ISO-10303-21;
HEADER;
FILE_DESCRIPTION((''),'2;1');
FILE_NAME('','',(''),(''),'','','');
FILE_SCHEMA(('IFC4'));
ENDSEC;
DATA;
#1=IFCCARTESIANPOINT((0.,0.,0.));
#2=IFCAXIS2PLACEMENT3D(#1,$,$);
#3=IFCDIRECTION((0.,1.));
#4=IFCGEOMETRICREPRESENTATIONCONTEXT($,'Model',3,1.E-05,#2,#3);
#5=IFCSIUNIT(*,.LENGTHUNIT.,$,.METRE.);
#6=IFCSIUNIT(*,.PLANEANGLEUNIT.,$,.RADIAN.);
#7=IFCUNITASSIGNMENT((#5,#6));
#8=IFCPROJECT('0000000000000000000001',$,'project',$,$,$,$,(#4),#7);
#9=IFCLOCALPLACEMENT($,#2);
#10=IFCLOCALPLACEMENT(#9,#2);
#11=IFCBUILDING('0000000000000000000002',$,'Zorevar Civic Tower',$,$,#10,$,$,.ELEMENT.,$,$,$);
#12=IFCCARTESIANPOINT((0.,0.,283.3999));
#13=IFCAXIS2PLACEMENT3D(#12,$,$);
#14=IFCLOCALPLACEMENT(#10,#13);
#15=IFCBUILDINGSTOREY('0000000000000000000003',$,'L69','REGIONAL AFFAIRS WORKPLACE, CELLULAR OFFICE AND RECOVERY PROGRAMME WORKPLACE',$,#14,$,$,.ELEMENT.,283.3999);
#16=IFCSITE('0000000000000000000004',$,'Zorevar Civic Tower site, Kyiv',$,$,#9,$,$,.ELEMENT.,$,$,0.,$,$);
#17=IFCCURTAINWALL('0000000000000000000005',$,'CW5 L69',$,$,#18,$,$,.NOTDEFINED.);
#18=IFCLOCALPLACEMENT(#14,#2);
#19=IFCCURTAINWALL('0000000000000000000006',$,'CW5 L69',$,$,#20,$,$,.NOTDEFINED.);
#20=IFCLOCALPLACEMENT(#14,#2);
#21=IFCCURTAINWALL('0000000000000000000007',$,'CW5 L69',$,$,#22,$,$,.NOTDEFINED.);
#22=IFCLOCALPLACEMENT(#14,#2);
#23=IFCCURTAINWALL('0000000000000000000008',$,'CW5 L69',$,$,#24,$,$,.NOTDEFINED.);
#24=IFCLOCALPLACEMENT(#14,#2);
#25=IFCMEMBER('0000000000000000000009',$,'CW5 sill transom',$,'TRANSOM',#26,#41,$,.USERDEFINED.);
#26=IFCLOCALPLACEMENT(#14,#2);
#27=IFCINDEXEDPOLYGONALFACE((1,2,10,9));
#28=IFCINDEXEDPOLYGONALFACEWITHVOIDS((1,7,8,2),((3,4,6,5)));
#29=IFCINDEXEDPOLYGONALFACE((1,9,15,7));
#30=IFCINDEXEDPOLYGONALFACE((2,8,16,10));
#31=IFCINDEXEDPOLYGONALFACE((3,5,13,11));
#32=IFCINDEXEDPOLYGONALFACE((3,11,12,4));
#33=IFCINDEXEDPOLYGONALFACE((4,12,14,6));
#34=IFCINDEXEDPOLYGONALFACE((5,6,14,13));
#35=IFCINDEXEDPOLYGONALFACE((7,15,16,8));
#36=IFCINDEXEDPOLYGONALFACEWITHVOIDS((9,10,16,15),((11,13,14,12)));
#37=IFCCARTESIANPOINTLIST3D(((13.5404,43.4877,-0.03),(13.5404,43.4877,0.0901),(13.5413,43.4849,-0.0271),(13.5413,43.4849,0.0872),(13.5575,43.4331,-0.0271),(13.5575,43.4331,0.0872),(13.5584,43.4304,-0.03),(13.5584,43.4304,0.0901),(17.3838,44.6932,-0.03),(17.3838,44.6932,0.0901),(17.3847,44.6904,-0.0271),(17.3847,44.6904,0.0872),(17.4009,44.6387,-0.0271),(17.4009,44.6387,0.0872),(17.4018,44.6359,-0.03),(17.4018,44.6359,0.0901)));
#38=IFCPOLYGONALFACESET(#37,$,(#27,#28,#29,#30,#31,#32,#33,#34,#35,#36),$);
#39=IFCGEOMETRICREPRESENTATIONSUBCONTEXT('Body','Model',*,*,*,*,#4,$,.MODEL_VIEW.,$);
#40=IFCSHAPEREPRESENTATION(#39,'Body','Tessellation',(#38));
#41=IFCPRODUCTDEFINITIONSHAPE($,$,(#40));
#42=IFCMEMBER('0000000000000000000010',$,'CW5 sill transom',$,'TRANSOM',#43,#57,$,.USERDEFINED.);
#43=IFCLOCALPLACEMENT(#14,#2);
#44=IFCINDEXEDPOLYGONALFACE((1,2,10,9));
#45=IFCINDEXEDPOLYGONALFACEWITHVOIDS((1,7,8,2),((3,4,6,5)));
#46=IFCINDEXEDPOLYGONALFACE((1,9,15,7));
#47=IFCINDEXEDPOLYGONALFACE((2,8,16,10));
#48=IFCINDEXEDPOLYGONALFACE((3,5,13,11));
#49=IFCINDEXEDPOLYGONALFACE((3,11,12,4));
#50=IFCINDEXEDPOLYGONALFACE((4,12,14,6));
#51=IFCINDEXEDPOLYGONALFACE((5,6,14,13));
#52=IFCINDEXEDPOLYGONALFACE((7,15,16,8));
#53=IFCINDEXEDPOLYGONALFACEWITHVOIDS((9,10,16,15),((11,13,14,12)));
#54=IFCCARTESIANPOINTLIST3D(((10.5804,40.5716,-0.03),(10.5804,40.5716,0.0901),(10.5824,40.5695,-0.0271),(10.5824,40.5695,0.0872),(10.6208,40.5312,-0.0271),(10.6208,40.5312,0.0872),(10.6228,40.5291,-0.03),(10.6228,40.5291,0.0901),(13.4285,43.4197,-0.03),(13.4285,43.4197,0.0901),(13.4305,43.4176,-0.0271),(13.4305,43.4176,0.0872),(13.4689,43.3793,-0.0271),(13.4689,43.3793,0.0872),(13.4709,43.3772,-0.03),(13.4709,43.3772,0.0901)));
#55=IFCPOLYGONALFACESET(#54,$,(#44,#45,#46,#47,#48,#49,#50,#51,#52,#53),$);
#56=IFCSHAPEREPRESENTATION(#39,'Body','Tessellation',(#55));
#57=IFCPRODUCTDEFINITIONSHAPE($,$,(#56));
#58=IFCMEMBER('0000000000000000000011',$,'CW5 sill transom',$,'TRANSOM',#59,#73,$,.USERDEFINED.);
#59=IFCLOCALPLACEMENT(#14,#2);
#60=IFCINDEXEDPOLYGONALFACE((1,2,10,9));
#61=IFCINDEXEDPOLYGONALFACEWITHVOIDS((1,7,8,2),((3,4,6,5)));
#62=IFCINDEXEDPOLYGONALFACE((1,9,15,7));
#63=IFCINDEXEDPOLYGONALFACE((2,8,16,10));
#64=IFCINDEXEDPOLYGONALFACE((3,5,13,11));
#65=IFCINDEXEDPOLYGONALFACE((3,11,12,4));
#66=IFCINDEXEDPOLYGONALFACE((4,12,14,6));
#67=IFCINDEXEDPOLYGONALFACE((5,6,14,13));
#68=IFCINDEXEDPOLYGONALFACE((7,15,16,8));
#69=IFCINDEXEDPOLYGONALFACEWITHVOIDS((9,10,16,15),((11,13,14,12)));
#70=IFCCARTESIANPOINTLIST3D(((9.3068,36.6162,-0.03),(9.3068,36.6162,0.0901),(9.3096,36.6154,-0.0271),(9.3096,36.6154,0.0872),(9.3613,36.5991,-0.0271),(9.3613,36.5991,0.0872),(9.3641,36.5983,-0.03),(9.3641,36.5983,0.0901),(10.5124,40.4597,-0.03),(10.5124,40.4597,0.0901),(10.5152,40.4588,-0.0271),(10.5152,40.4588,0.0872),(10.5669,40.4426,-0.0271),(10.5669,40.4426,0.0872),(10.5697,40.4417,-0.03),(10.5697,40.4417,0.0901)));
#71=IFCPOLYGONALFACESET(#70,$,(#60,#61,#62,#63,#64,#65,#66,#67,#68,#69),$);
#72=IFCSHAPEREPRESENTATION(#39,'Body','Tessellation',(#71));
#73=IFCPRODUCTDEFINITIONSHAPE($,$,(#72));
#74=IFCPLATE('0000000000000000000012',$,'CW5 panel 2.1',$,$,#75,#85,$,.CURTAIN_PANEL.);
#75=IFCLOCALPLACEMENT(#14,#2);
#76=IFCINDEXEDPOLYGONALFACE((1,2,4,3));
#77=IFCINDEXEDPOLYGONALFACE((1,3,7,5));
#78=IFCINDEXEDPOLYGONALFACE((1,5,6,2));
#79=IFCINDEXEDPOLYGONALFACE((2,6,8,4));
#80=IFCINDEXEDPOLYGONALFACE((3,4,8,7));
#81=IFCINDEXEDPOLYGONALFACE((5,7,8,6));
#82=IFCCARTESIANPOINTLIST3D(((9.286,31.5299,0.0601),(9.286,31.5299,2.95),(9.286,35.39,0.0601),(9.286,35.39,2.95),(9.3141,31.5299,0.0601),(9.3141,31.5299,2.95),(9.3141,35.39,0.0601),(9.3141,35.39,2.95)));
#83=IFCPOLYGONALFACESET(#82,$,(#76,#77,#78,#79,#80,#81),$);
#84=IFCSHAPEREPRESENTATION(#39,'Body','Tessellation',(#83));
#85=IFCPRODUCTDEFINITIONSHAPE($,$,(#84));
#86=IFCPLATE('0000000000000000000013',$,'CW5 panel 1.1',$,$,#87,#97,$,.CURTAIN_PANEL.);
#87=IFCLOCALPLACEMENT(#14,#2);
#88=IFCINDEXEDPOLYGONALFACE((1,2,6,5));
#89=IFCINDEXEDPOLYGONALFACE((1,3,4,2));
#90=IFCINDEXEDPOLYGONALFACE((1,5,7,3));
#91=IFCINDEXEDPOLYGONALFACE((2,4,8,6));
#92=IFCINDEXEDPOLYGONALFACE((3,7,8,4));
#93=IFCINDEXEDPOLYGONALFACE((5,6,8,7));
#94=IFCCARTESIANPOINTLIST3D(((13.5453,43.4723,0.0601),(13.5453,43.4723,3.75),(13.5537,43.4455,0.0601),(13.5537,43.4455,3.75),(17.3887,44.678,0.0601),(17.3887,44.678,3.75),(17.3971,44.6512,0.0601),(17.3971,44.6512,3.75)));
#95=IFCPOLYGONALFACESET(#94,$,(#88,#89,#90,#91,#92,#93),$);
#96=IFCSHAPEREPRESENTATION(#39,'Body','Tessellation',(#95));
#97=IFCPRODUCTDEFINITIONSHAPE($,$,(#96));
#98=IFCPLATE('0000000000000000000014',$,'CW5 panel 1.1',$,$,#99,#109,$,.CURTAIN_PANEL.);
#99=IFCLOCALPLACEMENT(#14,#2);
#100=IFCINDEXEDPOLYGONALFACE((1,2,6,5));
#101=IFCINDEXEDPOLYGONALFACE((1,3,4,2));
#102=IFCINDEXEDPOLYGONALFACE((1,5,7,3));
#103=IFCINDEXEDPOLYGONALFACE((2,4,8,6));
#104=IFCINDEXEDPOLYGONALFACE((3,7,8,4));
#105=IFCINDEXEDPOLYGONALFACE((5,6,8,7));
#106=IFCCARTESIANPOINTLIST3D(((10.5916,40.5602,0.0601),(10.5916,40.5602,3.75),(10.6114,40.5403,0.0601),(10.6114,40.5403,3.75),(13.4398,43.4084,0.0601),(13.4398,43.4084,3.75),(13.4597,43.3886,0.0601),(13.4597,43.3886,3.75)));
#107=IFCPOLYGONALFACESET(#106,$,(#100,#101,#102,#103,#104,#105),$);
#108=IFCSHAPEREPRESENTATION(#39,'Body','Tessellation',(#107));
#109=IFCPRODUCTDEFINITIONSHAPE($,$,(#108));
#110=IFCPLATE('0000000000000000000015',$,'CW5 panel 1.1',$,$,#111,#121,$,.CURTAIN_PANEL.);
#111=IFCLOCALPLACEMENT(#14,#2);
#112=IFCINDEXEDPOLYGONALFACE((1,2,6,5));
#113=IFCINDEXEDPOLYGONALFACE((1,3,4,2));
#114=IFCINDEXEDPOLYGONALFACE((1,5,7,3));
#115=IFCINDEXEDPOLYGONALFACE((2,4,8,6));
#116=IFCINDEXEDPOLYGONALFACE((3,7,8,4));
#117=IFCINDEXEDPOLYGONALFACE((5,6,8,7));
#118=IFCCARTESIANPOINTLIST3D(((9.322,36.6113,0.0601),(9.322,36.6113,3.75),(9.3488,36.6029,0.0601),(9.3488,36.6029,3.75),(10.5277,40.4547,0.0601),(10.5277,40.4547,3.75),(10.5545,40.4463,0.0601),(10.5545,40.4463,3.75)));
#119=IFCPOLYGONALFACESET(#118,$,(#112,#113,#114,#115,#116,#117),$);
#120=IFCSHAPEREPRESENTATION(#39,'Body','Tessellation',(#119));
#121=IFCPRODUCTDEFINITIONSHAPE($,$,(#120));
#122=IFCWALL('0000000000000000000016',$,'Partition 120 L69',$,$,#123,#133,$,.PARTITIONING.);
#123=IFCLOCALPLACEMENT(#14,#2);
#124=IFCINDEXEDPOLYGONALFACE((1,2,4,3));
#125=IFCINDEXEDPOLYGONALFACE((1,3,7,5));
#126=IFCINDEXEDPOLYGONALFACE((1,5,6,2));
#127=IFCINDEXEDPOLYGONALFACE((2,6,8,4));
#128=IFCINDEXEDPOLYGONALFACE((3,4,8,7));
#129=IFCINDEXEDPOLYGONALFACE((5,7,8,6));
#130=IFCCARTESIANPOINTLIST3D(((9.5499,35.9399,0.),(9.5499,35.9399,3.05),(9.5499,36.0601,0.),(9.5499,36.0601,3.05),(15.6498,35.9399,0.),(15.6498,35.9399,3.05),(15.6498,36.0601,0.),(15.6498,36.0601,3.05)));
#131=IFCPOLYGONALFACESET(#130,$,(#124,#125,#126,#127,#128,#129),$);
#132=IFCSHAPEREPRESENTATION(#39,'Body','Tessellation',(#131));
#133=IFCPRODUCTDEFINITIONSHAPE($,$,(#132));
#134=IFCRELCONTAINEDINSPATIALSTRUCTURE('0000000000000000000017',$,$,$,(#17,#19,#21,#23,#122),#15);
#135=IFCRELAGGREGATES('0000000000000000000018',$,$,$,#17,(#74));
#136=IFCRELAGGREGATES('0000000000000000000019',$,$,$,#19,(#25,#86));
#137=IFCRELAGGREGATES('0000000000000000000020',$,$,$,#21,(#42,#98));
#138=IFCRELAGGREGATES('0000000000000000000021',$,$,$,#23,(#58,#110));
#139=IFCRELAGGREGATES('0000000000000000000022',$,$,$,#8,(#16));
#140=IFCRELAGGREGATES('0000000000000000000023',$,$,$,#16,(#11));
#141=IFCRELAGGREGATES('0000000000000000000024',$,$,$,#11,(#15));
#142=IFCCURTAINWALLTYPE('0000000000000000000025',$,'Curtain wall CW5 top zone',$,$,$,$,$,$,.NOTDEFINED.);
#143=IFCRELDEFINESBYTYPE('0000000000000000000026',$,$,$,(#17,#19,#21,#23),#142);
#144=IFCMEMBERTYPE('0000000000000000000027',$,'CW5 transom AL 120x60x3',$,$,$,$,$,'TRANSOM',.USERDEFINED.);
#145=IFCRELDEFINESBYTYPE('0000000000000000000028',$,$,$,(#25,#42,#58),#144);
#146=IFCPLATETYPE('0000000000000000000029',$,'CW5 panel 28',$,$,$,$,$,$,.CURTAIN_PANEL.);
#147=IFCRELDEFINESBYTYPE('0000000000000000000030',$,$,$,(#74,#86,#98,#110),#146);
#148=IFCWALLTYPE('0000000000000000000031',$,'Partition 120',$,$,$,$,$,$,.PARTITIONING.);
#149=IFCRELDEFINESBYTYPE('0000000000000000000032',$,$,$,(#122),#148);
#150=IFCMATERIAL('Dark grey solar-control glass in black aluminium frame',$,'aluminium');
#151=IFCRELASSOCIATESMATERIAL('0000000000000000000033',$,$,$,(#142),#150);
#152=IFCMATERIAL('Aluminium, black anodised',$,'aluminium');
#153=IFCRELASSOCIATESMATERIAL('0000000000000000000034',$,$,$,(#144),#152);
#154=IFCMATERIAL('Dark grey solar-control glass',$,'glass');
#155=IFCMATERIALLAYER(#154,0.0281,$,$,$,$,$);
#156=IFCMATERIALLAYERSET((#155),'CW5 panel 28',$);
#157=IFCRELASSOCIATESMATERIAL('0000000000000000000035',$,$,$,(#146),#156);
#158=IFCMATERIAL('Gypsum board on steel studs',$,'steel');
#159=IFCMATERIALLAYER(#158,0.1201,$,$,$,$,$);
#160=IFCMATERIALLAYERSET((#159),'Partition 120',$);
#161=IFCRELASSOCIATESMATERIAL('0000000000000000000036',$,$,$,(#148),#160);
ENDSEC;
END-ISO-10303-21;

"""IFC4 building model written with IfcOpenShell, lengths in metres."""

from ifc_helpers import new_model, si_unit, direction, frame, frame_2d, origin, origin_2d, place, context, subcontext, project, spatial, rectangle, hollow_rectangle, extrude, material, layer, layer_set, material_profile, profile_set, type_object, element, aggregate, save


model = new_model("IFC4")

# Units and contexts
model_context = context("Model", 3, precision=1e-05, world=origin(), true_north=direction((0.0, 1.0)))
body_context = subcontext(model_context, "Body", "Model", "MODEL_VIEW")
ifc_project = project(units=[si_unit("LENGTHUNIT", "METRE"), si_unit("PLANEANGLEUNIT", "RADIAN")], contexts=[model_context])

# Site, building, storey
site_placement = place(None, origin())
site = spatial("IfcSite", under=ifc_project, at=site_placement, Name="Zorevar Civic Tower site, Kyiv", CompositionType="ELEMENT", RefElevation=0.0)
building_placement = place(site_placement, origin())
building = spatial("IfcBuilding", under=site, at=building_placement, Name="Zorevar Civic Tower", CompositionType="ELEMENT")
storey_placement = place(building_placement, frame((0.0, 0.0, 283.3999)))
storey = spatial("IfcBuildingStorey", under=building, at=storey_placement, Name="L69", Description="REGIONAL AFFAIRS WORKPLACE, CELLULAR OFFICE AND RECOVERY PROGRAMME WORKPLACE", CompositionType="ELEMENT", Elevation=283.3999)

# Curtain walls
ifc_material_1 = material(Name="Dark grey solar-control glass in black aluminium frame", Category="aluminium")
curtain_wall_type = type_object("IfcCurtainWallType", Name="Curtain wall CW5 top zone", PredefinedType="NOTDEFINED", material=ifc_material_1)
curtain_wall_1_placement = place(storey_placement, origin())
curtain_wall_1 = element("IfcCurtainWall", 1, at=curtain_wall_1_placement, inside=storey, type_object=curtain_wall_type, Name="CW5 L69", PredefinedType="NOTDEFINED")
curtain_wall_2_placement = place(storey_placement, origin())
curtain_wall_2 = element("IfcCurtainWall", 2, at=curtain_wall_2_placement, inside=storey, type_object=curtain_wall_type, Name="CW5 L69", PredefinedType="NOTDEFINED")
curtain_wall_3_placement = place(storey_placement, origin())
curtain_wall_3 = element("IfcCurtainWall", 3, at=curtain_wall_3_placement, inside=storey, type_object=curtain_wall_type, Name="CW5 L69", PredefinedType="NOTDEFINED")
curtain_wall_4_placement = place(storey_placement, origin())
curtain_wall_4 = element("IfcCurtainWall", 4, at=curtain_wall_4_placement, inside=storey, type_object=curtain_wall_type, Name="CW5 L69", PredefinedType="NOTDEFINED")

# Members
ifc_material_2 = material(Name="Aluminium, black anodised", Category="aluminium")
ifc_material_profile_1 = material_profile(ifc_material_2, hollow_rectangle(XDim=0.0601, YDim=0.1201, WallThickness=0.0029, at=origin_2d()), Name="AL 120x60x3")
ifc_profile_set_1 = profile_set([ifc_material_profile_1], Name="Aluminium, black anodised")
member_type_1 = type_object("IfcMemberType", Name="CW5 transom AL 120x60x3", ElementType="TRANSOM", PredefinedType="USERDEFINED", material=ifc_profile_set_1)
member_1_placement = place(storey_placement, frame((17.3928, 44.6646, 0.03), z_axis=(-0.954163, -0.299286, 0.0), x_axis=(0.299286, -0.954163, 0.0)))
member_1 = element("IfcMember", 5, at=member_1_placement, type_object=member_type_1, Name="CW5 sill transom", ObjectType="TRANSOM", PredefinedType="USERDEFINED", context=body_context, shape_type="SweptSolid", body=[
    extrude(hollow_rectangle(XDim=0.0601, YDim=0.1201, WallThickness=0.0029, at=origin_2d()), origin(), (0.0, 0.0, 1.0), 4.0281),
])
member_2_placement = place(storey_placement, frame((13.4497, 43.3984, 0.03), z_axis=(-0.707107, -0.707107, 0.0), x_axis=(0.707107, -0.707107, 0.0)))
member_2 = element("IfcMember", 6, at=member_2_placement, type_object=member_type_1, Name="CW5 sill transom", ObjectType="TRANSOM", PredefinedType="USERDEFINED", context=body_context, shape_type="SweptSolid", body=[
    extrude(hollow_rectangle(XDim=0.0601, YDim=0.1201, WallThickness=0.0029, at=origin_2d()), origin(), (0.0, 0.0, 1.0), 4.0278),
])
member_3_placement = place(storey_placement, frame((10.541, 40.4507, 0.03), z_axis=(-0.299286, -0.954163, 0.0), x_axis=(0.954163, -0.299286, 0.0)))
member_3 = element("IfcMember", 7, at=member_3_placement, type_object=member_type_1, Name="CW5 sill transom", ObjectType="TRANSOM", PredefinedType="USERDEFINED", context=body_context, shape_type="SweptSolid", body=[
    extrude(hollow_rectangle(XDim=0.0601, YDim=0.1201, WallThickness=0.0029, at=origin_2d()), origin(), (0.0, 0.0, 1.0), 4.0281),
])

# Plates
ifc_material_3 = material(Name="Dark grey solar-control glass", Category="glass")
ifc_layer_1 = layer(ifc_material_3, 0.0281)
ifc_layer_set_1 = layer_set([ifc_layer_1], Name="CW5 panel 28")
plate_type = type_object("IfcPlateType", Name="CW5 panel 28", PredefinedType="CURTAIN_PANEL", material=ifc_layer_set_1)
plate_1_placement = place(storey_placement, frame((9.3, 33.46, 0.0601), z_axis=(0.0, 0.0, 1.0), x_axis=(0.0, 1.0, 0.0)))
plate_1 = element("IfcPlate", 8, at=plate_1_placement, type_object=plate_type, Name="CW5 panel 2.1", PredefinedType="CURTAIN_PANEL", context=body_context, shape_type="SweptSolid", body=[
    extrude(rectangle(XDim=3.8601, YDim=0.0281, at=origin_2d()), origin(), (0.0, 0.0, 1.0), 2.8899),
])
aggregate(curtain_wall_1, [plate_1])
plate_2_placement = place(storey_placement, frame((15.4712, 44.0618, 0.0601), z_axis=(0.0, 0.0, 1.0), x_axis=(-0.954153, -0.299318, 0.0)))
plate_2 = element("IfcPlate", 9, at=plate_2_placement, type_object=plate_type, Name="CW5 panel 1.1", PredefinedType="CURTAIN_PANEL", context=body_context, shape_type="SweptSolid", body=[
    extrude(rectangle(XDim=4.0281, YDim=0.0281, at=origin_2d()), origin(), (0.0, 0.0, 1.0), 3.6899),
])
aggregate(curtain_wall_2, [member_1, plate_2])
plate_3_placement = place(storey_placement, frame((12.0256, 41.9744, 0.0601), z_axis=(0.0, 0.0, 1.0), x_axis=(-0.707107, -0.707107, 0.0)))
plate_3 = element("IfcPlate", 10, at=plate_3_placement, type_object=plate_type, Name="CW5 panel 1.1", PredefinedType="CURTAIN_PANEL", context=body_context, shape_type="SweptSolid", body=[
    extrude(rectangle(XDim=4.0281, YDim=0.0281, at=origin_2d()), origin(), (0.0, 0.0, 1.0), 3.6899),
])
aggregate(curtain_wall_3, [member_2, plate_3])
plate_4_placement = place(storey_placement, frame((9.9382, 38.5288, 0.0601), z_axis=(0.0, 0.0, 1.0), x_axis=(-0.299318, -0.954153, 0.0)))
plate_4 = element("IfcPlate", 11, at=plate_4_placement, type_object=plate_type, Name="CW5 panel 1.1", PredefinedType="CURTAIN_PANEL", context=body_context, shape_type="SweptSolid", body=[
    extrude(rectangle(XDim=4.0281, YDim=0.0281, at=origin_2d()), origin(), (0.0, 0.0, 1.0), 3.6899),
])
aggregate(curtain_wall_4, [member_3, plate_4])

# Wall
ifc_material_4 = material(Name="Gypsum board on steel studs", Category="steel")
ifc_layer_2 = layer(ifc_material_4, 0.1201)
ifc_layer_set_2 = layer_set([ifc_layer_2], Name="Partition 120")
wall_type_1 = type_object("IfcWallType", Name="Partition 120", PredefinedType="PARTITIONING", material=ifc_layer_set_2)
wall_1_placement = place(storey_placement, frame((9.55, 36.0, 0.0), z_axis=(0.0, 0.0, 1.0), x_axis=(1.0, 0.0, 0.0)))
element("IfcWall", 12, at=wall_1_placement, inside=storey, type_object=wall_type_1, Name="Partition 120 L69", PredefinedType="PARTITIONING", context=body_context, shape_type="SweptSolid", body=[
    extrude(rectangle(XDim=6.0999, YDim=0.1201, at=frame_2d((3.0498, 0.0))), origin(), (0.0, 0.0, 1.0), 3.05),
])

save(model, "model.ifc")
